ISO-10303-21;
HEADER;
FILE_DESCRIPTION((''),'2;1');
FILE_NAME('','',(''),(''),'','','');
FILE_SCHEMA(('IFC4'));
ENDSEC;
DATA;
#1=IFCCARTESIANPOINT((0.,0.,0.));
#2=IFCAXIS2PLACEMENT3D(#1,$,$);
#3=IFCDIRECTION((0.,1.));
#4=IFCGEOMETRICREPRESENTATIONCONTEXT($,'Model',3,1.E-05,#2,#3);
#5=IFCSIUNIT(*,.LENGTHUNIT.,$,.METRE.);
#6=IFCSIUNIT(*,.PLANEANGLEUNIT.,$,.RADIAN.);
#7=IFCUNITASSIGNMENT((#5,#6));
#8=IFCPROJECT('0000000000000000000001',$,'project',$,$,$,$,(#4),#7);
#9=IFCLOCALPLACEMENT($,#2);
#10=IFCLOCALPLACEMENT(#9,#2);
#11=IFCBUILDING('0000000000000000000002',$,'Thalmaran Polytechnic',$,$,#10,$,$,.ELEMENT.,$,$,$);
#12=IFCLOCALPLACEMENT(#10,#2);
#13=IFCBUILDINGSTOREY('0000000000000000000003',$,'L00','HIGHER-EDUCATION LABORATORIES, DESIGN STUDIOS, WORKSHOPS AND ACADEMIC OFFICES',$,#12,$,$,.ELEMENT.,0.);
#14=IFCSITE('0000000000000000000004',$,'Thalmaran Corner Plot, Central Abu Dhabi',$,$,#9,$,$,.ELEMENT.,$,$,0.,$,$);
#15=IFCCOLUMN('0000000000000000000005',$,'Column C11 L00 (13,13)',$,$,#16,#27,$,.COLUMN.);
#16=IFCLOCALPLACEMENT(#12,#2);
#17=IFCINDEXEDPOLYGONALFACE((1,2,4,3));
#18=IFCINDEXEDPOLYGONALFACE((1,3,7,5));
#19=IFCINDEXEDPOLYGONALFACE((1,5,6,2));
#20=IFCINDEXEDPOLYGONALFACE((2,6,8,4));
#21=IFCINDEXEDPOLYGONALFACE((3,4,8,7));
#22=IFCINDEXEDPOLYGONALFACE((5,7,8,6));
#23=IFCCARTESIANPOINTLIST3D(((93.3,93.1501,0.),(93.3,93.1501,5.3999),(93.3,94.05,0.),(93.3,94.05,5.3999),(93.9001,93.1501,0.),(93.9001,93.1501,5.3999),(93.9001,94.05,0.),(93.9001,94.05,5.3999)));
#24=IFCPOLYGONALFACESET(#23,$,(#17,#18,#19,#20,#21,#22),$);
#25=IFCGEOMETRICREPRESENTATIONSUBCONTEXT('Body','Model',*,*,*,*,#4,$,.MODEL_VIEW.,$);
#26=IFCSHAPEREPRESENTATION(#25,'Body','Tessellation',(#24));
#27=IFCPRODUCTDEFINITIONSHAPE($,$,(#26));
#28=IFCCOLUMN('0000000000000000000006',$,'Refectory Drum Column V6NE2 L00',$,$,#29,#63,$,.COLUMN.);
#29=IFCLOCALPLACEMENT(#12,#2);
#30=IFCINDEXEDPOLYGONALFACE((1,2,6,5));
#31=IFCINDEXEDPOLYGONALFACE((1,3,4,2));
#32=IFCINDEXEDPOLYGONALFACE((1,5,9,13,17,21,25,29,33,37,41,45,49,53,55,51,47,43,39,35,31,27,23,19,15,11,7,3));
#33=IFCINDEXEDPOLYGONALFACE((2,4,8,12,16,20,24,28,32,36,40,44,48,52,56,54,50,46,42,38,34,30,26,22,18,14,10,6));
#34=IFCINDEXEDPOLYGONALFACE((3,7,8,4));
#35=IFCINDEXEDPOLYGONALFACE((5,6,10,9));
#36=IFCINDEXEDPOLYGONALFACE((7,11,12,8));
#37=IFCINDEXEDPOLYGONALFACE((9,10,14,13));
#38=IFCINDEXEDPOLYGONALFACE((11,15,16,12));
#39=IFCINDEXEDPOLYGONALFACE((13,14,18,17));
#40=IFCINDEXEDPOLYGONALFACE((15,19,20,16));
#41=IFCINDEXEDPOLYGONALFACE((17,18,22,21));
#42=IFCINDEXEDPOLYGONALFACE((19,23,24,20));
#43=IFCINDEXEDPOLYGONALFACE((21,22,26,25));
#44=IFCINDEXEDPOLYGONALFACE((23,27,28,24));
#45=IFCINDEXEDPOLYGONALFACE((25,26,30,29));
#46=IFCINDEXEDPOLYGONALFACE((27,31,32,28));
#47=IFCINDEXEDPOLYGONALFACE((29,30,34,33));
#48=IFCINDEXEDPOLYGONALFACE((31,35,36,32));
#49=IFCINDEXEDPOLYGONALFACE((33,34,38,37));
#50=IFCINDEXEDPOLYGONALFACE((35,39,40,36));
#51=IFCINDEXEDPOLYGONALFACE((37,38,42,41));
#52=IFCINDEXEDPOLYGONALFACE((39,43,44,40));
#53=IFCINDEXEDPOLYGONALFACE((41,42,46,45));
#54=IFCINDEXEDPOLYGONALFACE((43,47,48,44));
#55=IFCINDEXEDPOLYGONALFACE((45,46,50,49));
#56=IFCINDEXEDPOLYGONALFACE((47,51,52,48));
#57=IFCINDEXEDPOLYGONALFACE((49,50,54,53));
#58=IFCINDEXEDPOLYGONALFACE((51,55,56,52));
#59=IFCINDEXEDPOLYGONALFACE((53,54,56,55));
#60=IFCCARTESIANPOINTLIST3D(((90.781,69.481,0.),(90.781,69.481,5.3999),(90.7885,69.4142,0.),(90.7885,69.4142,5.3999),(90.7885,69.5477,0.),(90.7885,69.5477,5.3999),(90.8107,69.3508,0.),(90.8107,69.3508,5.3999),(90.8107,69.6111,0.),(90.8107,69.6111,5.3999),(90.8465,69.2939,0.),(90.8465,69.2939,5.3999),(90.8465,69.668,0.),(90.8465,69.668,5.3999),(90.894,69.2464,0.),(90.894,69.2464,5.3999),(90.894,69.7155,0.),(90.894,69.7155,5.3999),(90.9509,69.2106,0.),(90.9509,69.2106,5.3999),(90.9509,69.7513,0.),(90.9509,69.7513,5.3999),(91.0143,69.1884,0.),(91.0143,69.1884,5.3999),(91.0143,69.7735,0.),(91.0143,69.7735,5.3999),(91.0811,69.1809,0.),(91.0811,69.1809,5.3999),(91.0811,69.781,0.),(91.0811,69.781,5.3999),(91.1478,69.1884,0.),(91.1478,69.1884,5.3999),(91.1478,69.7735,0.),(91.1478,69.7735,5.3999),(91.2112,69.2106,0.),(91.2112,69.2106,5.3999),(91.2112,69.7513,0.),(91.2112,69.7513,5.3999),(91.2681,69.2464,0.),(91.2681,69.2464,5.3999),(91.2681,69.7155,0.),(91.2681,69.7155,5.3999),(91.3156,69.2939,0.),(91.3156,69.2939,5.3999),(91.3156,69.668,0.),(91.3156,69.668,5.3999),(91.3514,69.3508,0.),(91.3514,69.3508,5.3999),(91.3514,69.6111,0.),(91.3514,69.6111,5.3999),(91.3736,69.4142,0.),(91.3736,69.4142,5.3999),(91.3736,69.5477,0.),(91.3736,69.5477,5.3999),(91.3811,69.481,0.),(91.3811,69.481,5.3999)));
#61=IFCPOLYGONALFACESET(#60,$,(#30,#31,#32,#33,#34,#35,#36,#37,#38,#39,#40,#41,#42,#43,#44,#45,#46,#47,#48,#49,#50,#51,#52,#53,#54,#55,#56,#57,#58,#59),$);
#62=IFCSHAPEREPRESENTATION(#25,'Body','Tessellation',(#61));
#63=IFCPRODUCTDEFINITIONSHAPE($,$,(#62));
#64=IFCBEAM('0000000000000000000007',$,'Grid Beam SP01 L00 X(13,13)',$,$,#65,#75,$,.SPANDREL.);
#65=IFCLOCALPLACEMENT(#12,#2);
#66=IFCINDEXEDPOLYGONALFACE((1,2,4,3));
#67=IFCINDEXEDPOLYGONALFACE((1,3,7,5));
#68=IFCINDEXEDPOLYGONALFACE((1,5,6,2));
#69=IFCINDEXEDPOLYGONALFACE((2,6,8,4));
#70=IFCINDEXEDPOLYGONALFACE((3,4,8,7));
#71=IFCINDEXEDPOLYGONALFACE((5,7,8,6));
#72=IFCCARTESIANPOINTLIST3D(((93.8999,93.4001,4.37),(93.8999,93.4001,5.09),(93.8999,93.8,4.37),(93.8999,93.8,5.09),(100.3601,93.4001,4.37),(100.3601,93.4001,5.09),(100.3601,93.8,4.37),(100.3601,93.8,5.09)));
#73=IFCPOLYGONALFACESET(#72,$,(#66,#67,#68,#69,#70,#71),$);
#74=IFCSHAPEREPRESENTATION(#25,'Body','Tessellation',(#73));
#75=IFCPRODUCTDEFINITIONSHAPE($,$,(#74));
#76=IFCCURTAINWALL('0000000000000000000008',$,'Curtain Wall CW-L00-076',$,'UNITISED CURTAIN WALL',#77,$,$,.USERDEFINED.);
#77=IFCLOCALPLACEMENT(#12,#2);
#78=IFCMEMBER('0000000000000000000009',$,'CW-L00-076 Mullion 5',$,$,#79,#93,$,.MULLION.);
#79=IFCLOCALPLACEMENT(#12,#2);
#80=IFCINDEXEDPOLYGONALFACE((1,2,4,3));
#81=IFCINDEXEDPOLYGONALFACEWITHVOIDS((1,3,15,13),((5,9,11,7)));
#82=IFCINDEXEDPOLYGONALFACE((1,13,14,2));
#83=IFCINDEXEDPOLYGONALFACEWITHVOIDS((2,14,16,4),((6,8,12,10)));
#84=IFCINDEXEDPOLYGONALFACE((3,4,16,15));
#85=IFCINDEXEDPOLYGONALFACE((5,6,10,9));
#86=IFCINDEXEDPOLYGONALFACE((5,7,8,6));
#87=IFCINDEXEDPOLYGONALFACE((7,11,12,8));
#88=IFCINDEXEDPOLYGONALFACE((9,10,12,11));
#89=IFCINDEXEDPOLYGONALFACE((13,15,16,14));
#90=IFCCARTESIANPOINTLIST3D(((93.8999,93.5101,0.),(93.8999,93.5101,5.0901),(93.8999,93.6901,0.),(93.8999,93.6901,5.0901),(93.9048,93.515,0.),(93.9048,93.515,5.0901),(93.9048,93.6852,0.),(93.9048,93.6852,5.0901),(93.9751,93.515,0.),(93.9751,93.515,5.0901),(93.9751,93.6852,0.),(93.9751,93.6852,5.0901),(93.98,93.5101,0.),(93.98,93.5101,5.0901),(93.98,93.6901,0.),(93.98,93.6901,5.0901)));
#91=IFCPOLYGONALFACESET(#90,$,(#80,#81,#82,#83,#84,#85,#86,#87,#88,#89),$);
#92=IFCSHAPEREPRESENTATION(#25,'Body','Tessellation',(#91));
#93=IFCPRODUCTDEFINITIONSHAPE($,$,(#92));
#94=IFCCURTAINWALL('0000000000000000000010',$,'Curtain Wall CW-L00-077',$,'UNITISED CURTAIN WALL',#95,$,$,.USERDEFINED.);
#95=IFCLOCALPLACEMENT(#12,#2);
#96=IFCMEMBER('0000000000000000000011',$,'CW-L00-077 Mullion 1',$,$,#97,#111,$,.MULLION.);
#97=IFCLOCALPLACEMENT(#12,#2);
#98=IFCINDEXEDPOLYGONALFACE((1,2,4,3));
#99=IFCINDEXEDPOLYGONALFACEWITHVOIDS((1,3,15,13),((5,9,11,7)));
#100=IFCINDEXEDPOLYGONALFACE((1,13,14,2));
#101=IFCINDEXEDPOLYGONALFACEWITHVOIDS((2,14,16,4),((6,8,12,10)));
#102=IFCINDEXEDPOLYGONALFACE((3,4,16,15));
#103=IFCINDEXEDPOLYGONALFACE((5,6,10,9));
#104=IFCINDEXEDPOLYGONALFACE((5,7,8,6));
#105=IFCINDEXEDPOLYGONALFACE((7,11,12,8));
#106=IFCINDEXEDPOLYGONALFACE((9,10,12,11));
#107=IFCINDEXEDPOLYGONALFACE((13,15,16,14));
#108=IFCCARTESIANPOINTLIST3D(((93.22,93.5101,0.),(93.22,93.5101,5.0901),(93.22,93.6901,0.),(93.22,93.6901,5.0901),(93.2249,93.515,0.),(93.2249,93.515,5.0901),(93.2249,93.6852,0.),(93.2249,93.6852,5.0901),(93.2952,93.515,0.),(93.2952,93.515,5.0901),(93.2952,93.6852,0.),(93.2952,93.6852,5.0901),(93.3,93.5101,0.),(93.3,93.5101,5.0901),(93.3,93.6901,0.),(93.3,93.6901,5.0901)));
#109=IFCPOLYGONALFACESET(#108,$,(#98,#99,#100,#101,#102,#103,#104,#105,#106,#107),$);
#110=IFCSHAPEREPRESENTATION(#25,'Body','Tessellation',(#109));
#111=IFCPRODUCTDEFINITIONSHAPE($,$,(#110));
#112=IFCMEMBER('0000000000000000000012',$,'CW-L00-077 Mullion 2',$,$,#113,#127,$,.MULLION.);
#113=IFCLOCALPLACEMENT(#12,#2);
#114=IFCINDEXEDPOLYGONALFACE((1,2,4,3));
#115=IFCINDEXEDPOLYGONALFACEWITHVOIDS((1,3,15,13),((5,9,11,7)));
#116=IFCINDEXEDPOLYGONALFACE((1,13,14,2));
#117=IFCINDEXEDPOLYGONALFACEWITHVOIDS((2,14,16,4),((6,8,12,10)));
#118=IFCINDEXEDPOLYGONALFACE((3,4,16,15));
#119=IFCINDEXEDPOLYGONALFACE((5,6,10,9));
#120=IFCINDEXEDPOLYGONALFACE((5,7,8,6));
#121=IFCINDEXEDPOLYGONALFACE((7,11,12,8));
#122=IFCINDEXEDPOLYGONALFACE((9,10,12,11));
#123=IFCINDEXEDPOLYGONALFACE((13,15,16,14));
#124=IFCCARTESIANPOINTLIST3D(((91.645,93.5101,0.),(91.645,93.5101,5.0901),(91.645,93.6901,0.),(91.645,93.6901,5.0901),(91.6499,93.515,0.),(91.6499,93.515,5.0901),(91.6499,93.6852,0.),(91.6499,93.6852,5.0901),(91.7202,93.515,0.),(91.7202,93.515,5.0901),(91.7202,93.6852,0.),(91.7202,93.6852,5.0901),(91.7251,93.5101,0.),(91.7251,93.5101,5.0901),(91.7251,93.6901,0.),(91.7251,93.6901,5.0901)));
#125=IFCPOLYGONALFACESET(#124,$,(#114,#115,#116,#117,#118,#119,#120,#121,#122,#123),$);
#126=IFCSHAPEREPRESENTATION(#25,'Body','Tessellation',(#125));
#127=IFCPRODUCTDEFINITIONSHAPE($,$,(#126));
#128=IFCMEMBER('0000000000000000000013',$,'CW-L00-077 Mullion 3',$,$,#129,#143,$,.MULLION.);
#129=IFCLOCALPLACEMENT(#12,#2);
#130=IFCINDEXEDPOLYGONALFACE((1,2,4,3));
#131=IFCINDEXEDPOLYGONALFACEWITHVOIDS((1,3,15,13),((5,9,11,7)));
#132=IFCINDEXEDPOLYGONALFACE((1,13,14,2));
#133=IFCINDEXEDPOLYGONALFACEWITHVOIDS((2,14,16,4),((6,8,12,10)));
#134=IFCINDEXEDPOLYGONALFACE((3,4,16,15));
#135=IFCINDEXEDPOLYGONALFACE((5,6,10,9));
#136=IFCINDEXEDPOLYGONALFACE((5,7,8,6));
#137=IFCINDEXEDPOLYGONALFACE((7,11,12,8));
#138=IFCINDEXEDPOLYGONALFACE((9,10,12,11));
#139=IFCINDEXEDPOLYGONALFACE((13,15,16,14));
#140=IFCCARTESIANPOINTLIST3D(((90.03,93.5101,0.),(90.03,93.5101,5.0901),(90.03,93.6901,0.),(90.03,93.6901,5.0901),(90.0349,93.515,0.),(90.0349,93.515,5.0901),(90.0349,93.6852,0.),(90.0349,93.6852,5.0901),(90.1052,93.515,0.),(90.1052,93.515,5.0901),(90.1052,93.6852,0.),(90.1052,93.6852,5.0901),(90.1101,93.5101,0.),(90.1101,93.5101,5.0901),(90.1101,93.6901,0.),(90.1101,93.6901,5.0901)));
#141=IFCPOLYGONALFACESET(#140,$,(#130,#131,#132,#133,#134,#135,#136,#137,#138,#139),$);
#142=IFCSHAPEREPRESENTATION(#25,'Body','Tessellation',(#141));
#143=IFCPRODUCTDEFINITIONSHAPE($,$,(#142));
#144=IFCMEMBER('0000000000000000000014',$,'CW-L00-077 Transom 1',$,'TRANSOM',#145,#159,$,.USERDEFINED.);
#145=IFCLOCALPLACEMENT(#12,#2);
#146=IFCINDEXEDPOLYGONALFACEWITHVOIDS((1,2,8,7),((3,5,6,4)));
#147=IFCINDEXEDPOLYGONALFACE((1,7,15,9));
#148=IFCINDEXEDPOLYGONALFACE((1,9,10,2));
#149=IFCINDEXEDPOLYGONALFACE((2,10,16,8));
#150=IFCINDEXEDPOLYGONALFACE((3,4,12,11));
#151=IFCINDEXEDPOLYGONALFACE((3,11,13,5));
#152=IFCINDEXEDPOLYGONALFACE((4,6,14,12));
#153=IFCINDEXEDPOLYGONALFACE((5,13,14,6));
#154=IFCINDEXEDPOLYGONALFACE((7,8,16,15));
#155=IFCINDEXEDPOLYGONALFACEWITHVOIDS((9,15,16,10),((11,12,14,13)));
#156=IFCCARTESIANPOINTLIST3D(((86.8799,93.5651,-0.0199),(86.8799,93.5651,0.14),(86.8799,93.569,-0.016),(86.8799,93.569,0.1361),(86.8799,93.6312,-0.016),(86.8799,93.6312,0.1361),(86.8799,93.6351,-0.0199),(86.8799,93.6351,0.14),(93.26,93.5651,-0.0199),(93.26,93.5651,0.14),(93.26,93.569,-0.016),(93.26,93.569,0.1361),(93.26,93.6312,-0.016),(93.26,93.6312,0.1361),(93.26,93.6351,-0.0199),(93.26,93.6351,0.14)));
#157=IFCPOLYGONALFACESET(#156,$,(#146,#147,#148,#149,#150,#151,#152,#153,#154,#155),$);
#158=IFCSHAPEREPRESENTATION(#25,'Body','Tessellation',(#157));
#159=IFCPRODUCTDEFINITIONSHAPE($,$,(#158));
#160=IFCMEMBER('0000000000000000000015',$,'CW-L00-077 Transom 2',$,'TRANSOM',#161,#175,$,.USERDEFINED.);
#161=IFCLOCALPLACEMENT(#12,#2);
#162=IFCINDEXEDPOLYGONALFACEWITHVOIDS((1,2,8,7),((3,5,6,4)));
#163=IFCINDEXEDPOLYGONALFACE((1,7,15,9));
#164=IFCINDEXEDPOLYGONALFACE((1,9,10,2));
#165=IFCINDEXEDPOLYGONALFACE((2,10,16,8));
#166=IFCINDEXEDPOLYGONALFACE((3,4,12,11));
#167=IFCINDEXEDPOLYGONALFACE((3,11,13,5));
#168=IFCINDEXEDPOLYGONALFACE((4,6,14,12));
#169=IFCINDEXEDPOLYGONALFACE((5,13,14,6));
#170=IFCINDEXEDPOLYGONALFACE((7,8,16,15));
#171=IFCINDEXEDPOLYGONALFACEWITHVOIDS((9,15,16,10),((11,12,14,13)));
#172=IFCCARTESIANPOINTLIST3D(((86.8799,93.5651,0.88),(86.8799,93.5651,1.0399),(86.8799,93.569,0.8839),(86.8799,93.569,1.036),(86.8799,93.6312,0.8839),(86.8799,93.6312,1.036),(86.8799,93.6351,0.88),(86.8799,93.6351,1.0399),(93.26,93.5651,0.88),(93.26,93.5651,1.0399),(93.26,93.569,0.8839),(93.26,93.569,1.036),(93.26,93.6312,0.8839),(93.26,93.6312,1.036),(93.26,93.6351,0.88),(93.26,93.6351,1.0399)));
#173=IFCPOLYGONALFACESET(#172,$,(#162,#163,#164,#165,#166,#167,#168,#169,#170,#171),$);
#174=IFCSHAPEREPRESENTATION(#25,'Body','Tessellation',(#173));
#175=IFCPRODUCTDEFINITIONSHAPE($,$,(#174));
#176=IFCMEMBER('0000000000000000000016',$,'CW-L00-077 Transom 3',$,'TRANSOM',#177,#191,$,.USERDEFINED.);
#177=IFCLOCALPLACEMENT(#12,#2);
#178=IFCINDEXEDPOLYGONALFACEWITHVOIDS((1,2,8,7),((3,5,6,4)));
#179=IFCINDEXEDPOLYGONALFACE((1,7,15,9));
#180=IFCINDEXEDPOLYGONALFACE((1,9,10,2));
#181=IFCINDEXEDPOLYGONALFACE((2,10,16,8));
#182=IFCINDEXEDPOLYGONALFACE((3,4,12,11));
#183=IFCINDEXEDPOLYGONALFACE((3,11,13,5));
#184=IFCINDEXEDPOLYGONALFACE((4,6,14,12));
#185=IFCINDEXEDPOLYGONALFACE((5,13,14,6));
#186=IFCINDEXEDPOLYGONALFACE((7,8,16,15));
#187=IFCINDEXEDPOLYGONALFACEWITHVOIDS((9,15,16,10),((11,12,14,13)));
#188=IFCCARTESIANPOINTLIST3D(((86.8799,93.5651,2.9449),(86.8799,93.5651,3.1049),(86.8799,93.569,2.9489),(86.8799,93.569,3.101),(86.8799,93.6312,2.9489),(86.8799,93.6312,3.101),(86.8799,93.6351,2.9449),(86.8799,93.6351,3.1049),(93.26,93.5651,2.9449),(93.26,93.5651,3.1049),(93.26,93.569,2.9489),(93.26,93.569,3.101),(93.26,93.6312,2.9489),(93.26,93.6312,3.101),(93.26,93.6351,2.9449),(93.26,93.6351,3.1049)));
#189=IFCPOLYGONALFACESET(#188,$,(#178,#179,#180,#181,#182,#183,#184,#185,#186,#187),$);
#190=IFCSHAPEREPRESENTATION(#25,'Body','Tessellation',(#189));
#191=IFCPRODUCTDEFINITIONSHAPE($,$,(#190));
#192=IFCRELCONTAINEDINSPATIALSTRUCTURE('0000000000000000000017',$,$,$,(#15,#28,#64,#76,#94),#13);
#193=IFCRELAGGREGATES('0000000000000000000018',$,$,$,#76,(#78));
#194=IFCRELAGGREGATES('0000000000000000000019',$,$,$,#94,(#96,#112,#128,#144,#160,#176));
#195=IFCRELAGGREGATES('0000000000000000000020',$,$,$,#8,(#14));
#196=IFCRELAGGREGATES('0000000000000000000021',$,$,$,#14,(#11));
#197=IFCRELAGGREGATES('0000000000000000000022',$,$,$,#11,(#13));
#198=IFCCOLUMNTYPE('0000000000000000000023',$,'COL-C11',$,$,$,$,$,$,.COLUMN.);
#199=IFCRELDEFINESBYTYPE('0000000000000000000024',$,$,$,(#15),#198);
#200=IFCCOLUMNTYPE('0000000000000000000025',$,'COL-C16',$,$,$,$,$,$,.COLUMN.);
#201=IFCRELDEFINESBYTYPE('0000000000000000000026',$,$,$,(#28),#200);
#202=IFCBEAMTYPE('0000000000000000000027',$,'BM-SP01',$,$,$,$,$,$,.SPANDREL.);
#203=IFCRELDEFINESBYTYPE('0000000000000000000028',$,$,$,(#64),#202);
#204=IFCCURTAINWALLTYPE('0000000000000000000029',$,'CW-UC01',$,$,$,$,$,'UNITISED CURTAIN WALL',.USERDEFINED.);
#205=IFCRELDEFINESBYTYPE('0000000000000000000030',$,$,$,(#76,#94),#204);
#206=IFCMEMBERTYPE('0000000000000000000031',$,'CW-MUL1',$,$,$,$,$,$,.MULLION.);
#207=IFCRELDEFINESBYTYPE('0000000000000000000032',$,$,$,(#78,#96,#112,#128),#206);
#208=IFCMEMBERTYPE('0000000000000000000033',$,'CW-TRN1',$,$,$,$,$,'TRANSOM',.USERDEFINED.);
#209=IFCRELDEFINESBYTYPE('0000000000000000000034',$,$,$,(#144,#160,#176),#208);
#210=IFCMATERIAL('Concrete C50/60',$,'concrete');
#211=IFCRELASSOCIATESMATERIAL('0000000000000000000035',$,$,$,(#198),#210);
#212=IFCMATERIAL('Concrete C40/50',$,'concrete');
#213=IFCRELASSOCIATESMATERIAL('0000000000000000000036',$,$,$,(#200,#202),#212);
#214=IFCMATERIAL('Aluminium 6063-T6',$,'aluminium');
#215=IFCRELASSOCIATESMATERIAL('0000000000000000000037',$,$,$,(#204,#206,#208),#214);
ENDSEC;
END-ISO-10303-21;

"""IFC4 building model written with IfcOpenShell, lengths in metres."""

from ifc_helpers import new_model, si_unit, direction, frame, origin, origin_2d, place, context, subcontext, project, spatial, rectangle, hollow_rectangle, circle, extrude, material, material_profile, profile_set, type_object, element, aggregate, save


model = new_model("IFC4")

# Units and contexts
model_context = context("Model", 3, precision=1e-05, world=origin(), true_north=direction((0.0, 1.0)))
body_context = subcontext(model_context, "Body", "Model", "MODEL_VIEW")
ifc_project = project(units=[si_unit("LENGTHUNIT", "METRE"), si_unit("PLANEANGLEUNIT", "RADIAN")], contexts=[model_context])

# Site, building, storey
site_placement = place(None, origin())
site = spatial("IfcSite", under=ifc_project, at=site_placement, Name="Thalmaran Corner Plot, Central Abu Dhabi", CompositionType="ELEMENT", RefElevation=0.0)
building_placement = place(site_placement, origin())
building = spatial("IfcBuilding", under=site, at=building_placement, Name="Thalmaran Polytechnic", CompositionType="ELEMENT")
storey_placement = place(building_placement, origin())
storey = spatial("IfcBuildingStorey", under=building, at=storey_placement, Name="L00", Description="HIGHER-EDUCATION LABORATORIES, DESIGN STUDIOS, WORKSHOPS AND ACADEMIC OFFICES", CompositionType="ELEMENT", Elevation=0.0)

# Columns
ifc_material_1 = material(Name="Concrete C50/60", Category="concrete")
ifc_material_profile_1 = material_profile(ifc_material_1, rectangle(XDim=0.6001, YDim=0.8999, at=origin_2d()), Name="RC 600x900")
ifc_profile_set_1 = profile_set([ifc_material_profile_1], Name="Concrete C50/60")
column_type_1 = type_object("IfcColumnType", Name="COL-C11", PredefinedType="COLUMN", material=ifc_profile_set_1)
column_1_placement = place(storey_placement, frame((93.6001, 93.6001, 0.0), z_axis=(0.0, 0.0, 1.0), x_axis=(1.0, 0.0, 0.0)))
element("IfcColumn", 1, at=column_1_placement, inside=storey, type_object=column_type_1, Name="Column C11 L00 (13,13)", PredefinedType="COLUMN", context=body_context, shape_type="SweptSolid", body=[
    extrude(rectangle(XDim=0.6001, YDim=0.8999, at=origin_2d()), origin(), (0.0, 0.0, 1.0), 5.3999),
])
ifc_material_2 = material(Name="Concrete C40/50", Category="concrete")
ifc_material_profile_2 = material_profile(ifc_material_2, circle(Radius=0.3, at=origin_2d()), Name="RC 600 DIA")
ifc_profile_set_2 = profile_set([ifc_material_profile_2], Name="Concrete C40/50")
column_type_2 = type_object("IfcColumnType", Name="COL-C16", PredefinedType="COLUMN", material=ifc_profile_set_2)
column_2_placement = place(storey_placement, frame((91.0811, 69.481, 0.0), z_axis=(0.0, 0.0, 1.0), x_axis=(1.0, 0.0, 0.0)))
element("IfcColumn", 2, at=column_2_placement, inside=storey, type_object=column_type_2, Name="Refectory Drum Column V6NE2 L00", PredefinedType="COLUMN", context=body_context, shape_type="SweptSolid", body=[
    extrude(circle(Radius=0.3, at=origin_2d()), origin(), (0.0, 0.0, 1.0), 5.3999),
])

# Beam
ifc_material_profile_3 = material_profile(ifc_material_2, rectangle(XDim=0.3999, YDim=0.72, at=origin_2d()), Name="RC 400x720")
ifc_profile_set_3 = profile_set([ifc_material_profile_3], Name="Concrete C40/50")
beam_type = type_object("IfcBeamType", Name="BM-SP01", PredefinedType="SPANDREL", material=ifc_profile_set_3)
beam_placement = place(storey_placement, frame((93.8999, 93.6001, 4.73), z_axis=(1.0, 0.0, 0.0), x_axis=(0.0, 1.0, 0.0)))
element("IfcBeam", 3, at=beam_placement, inside=storey, type_object=beam_type, Name="Grid Beam SP01 L00 X(13,13)", PredefinedType="SPANDREL", context=body_context, shape_type="SweptSolid", body=[
    extrude(rectangle(XDim=0.3999, YDim=0.72, at=origin_2d()), origin(), (0.0, 0.0, 1.0), 6.4602),
])

# Curtain wall, member
ifc_material_3 = material(Name="Aluminium 6063-T6", Category="aluminium")
curtain_wall_type = type_object("IfcCurtainWallType", Name="CW-UC01", ElementType="UNITISED CURTAIN WALL", PredefinedType="USERDEFINED", material=ifc_material_3)
curtain_wall_1_placement = place(storey_placement, origin())
curtain_wall_1 = element("IfcCurtainWall", 4, at=curtain_wall_1_placement, inside=storey, type_object=curtain_wall_type, Name="Curtain Wall CW-L00-076", ObjectType="UNITISED CURTAIN WALL", PredefinedType="USERDEFINED")
ifc_material_profile_4 = material_profile(ifc_material_3, hollow_rectangle(XDim=0.0801, YDim=0.1799, WallThickness=0.0049, at=origin_2d()), Name="RHS 180x80x5.0")
ifc_profile_set_4 = profile_set([ifc_material_profile_4], Name="Aluminium 6063-T6")
member_type_1 = type_object("IfcMemberType", Name="CW-MUL1", PredefinedType="MULLION", material=ifc_profile_set_4)
member_1_placement = place(storey_placement, frame((93.9399, 93.6001, 0.0), z_axis=(0.0, 0.0, 1.0), x_axis=(1.0, 0.0, 0.0)))
member_1 = element("IfcMember", 5, at=member_1_placement, type_object=member_type_1, Name="CW-L00-076 Mullion 5", PredefinedType="MULLION", context=body_context, shape_type="SweptSolid", body=[
    extrude(hollow_rectangle(XDim=0.0801, YDim=0.1799, WallThickness=0.0049, at=origin_2d()), origin(), (0.0, 0.0, 1.0), 5.0901),
])

# Curtain wall, members
curtain_wall_2_placement = place(storey_placement, origin())
curtain_wall_2 = element("IfcCurtainWall", 6, at=curtain_wall_2_placement, inside=storey, type_object=curtain_wall_type, Name="Curtain Wall CW-L00-077", ObjectType="UNITISED CURTAIN WALL", PredefinedType="USERDEFINED")
member_2_placement = place(storey_placement, frame((93.26, 93.6001, 0.0), z_axis=(0.0, 0.0, 1.0), x_axis=(1.0, 0.0, 0.0)))
member_2 = element("IfcMember", 7, at=member_2_placement, type_object=member_type_1, Name="CW-L00-077 Mullion 1", PredefinedType="MULLION", context=body_context, shape_type="SweptSolid", body=[
    extrude(hollow_rectangle(XDim=0.0801, YDim=0.1799, WallThickness=0.0049, at=origin_2d()), origin(), (0.0, 0.0, 1.0), 5.0901),
])
member_3_placement = place(storey_placement, frame((91.6851, 93.6001, 0.0), z_axis=(0.0, 0.0, 1.0), x_axis=(1.0, 0.0, 0.0)))
member_3 = element("IfcMember", 8, at=member_3_placement, type_object=member_type_1, Name="CW-L00-077 Mullion 2", PredefinedType="MULLION", context=body_context, shape_type="SweptSolid", body=[
    extrude(hollow_rectangle(XDim=0.0801, YDim=0.1799, WallThickness=0.0049, at=origin_2d()), origin(), (0.0, 0.0, 1.0), 5.0901),
])
member_4_placement = place(storey_placement, frame((90.0701, 93.6001, 0.0), z_axis=(0.0, 0.0, 1.0), x_axis=(1.0, 0.0, 0.0)))
member_4 = element("IfcMember", 9, at=member_4_placement, type_object=member_type_1, Name="CW-L00-077 Mullion 3", PredefinedType="MULLION", context=body_context, shape_type="SweptSolid", body=[
    extrude(hollow_rectangle(XDim=0.0801, YDim=0.1799, WallThickness=0.0049, at=origin_2d()), origin(), (0.0, 0.0, 1.0), 5.0901),
])
ifc_material_profile_5 = material_profile(ifc_material_3, hollow_rectangle(XDim=0.0701, YDim=0.1599, WallThickness=0.0039, at=origin_2d()), Name="AL 160x70x4.0")
ifc_profile_set_5 = profile_set([ifc_material_profile_5], Name="Aluminium 6063-T6")
member_type_2 = type_object("IfcMemberType", Name="CW-TRN1", ElementType="TRANSOM", PredefinedType="USERDEFINED", material=ifc_profile_set_5)
member_5_placement = place(storey_placement, frame((93.26, 93.6001, 0.0601), z_axis=(-1.0, 0.0, 0.0), x_axis=(0.0, -1.0, 0.0)))
member_5 = element("IfcMember", 10, at=member_5_placement, type_object=member_type_2, Name="CW-L00-077 Transom 1", ObjectType="TRANSOM", PredefinedType="USERDEFINED", context=body_context, shape_type="SweptSolid", body=[
    extrude(hollow_rectangle(XDim=0.0701, YDim=0.1599, WallThickness=0.0039, at=origin_2d()), origin(), (0.0, 0.0, 1.0), 6.3801),
])
member_6_placement = place(storey_placement, frame((93.26, 93.6001, 0.96), z_axis=(-1.0, 0.0, 0.0), x_axis=(0.0, -1.0, 0.0)))
member_6 = element("IfcMember", 11, at=member_6_placement, type_object=member_type_2, Name="CW-L00-077 Transom 2", ObjectType="TRANSOM", PredefinedType="USERDEFINED", context=body_context, shape_type="SweptSolid", body=[
    extrude(hollow_rectangle(XDim=0.0701, YDim=0.1599, WallThickness=0.0039, at=origin_2d()), origin(), (0.0, 0.0, 1.0), 6.3801),
])
member_7_placement = place(storey_placement, frame((93.26, 93.6001, 3.0249), z_axis=(-1.0, 0.0, 0.0), x_axis=(0.0, -1.0, 0.0)))
member_7 = element("IfcMember", 12, at=member_7_placement, type_object=member_type_2, Name="CW-L00-077 Transom 3", ObjectType="TRANSOM", PredefinedType="USERDEFINED", context=body_context, shape_type="SweptSolid", body=[
    extrude(hollow_rectangle(XDim=0.0701, YDim=0.1599, WallThickness=0.0039, at=origin_2d()), origin(), (0.0, 0.0, 1.0), 6.3801),
])

aggregate(curtain_wall_1, [member_1])
aggregate(curtain_wall_2, [member_2, member_3, member_4, member_5, member_6, member_7])

save(model, "model.ifc")
